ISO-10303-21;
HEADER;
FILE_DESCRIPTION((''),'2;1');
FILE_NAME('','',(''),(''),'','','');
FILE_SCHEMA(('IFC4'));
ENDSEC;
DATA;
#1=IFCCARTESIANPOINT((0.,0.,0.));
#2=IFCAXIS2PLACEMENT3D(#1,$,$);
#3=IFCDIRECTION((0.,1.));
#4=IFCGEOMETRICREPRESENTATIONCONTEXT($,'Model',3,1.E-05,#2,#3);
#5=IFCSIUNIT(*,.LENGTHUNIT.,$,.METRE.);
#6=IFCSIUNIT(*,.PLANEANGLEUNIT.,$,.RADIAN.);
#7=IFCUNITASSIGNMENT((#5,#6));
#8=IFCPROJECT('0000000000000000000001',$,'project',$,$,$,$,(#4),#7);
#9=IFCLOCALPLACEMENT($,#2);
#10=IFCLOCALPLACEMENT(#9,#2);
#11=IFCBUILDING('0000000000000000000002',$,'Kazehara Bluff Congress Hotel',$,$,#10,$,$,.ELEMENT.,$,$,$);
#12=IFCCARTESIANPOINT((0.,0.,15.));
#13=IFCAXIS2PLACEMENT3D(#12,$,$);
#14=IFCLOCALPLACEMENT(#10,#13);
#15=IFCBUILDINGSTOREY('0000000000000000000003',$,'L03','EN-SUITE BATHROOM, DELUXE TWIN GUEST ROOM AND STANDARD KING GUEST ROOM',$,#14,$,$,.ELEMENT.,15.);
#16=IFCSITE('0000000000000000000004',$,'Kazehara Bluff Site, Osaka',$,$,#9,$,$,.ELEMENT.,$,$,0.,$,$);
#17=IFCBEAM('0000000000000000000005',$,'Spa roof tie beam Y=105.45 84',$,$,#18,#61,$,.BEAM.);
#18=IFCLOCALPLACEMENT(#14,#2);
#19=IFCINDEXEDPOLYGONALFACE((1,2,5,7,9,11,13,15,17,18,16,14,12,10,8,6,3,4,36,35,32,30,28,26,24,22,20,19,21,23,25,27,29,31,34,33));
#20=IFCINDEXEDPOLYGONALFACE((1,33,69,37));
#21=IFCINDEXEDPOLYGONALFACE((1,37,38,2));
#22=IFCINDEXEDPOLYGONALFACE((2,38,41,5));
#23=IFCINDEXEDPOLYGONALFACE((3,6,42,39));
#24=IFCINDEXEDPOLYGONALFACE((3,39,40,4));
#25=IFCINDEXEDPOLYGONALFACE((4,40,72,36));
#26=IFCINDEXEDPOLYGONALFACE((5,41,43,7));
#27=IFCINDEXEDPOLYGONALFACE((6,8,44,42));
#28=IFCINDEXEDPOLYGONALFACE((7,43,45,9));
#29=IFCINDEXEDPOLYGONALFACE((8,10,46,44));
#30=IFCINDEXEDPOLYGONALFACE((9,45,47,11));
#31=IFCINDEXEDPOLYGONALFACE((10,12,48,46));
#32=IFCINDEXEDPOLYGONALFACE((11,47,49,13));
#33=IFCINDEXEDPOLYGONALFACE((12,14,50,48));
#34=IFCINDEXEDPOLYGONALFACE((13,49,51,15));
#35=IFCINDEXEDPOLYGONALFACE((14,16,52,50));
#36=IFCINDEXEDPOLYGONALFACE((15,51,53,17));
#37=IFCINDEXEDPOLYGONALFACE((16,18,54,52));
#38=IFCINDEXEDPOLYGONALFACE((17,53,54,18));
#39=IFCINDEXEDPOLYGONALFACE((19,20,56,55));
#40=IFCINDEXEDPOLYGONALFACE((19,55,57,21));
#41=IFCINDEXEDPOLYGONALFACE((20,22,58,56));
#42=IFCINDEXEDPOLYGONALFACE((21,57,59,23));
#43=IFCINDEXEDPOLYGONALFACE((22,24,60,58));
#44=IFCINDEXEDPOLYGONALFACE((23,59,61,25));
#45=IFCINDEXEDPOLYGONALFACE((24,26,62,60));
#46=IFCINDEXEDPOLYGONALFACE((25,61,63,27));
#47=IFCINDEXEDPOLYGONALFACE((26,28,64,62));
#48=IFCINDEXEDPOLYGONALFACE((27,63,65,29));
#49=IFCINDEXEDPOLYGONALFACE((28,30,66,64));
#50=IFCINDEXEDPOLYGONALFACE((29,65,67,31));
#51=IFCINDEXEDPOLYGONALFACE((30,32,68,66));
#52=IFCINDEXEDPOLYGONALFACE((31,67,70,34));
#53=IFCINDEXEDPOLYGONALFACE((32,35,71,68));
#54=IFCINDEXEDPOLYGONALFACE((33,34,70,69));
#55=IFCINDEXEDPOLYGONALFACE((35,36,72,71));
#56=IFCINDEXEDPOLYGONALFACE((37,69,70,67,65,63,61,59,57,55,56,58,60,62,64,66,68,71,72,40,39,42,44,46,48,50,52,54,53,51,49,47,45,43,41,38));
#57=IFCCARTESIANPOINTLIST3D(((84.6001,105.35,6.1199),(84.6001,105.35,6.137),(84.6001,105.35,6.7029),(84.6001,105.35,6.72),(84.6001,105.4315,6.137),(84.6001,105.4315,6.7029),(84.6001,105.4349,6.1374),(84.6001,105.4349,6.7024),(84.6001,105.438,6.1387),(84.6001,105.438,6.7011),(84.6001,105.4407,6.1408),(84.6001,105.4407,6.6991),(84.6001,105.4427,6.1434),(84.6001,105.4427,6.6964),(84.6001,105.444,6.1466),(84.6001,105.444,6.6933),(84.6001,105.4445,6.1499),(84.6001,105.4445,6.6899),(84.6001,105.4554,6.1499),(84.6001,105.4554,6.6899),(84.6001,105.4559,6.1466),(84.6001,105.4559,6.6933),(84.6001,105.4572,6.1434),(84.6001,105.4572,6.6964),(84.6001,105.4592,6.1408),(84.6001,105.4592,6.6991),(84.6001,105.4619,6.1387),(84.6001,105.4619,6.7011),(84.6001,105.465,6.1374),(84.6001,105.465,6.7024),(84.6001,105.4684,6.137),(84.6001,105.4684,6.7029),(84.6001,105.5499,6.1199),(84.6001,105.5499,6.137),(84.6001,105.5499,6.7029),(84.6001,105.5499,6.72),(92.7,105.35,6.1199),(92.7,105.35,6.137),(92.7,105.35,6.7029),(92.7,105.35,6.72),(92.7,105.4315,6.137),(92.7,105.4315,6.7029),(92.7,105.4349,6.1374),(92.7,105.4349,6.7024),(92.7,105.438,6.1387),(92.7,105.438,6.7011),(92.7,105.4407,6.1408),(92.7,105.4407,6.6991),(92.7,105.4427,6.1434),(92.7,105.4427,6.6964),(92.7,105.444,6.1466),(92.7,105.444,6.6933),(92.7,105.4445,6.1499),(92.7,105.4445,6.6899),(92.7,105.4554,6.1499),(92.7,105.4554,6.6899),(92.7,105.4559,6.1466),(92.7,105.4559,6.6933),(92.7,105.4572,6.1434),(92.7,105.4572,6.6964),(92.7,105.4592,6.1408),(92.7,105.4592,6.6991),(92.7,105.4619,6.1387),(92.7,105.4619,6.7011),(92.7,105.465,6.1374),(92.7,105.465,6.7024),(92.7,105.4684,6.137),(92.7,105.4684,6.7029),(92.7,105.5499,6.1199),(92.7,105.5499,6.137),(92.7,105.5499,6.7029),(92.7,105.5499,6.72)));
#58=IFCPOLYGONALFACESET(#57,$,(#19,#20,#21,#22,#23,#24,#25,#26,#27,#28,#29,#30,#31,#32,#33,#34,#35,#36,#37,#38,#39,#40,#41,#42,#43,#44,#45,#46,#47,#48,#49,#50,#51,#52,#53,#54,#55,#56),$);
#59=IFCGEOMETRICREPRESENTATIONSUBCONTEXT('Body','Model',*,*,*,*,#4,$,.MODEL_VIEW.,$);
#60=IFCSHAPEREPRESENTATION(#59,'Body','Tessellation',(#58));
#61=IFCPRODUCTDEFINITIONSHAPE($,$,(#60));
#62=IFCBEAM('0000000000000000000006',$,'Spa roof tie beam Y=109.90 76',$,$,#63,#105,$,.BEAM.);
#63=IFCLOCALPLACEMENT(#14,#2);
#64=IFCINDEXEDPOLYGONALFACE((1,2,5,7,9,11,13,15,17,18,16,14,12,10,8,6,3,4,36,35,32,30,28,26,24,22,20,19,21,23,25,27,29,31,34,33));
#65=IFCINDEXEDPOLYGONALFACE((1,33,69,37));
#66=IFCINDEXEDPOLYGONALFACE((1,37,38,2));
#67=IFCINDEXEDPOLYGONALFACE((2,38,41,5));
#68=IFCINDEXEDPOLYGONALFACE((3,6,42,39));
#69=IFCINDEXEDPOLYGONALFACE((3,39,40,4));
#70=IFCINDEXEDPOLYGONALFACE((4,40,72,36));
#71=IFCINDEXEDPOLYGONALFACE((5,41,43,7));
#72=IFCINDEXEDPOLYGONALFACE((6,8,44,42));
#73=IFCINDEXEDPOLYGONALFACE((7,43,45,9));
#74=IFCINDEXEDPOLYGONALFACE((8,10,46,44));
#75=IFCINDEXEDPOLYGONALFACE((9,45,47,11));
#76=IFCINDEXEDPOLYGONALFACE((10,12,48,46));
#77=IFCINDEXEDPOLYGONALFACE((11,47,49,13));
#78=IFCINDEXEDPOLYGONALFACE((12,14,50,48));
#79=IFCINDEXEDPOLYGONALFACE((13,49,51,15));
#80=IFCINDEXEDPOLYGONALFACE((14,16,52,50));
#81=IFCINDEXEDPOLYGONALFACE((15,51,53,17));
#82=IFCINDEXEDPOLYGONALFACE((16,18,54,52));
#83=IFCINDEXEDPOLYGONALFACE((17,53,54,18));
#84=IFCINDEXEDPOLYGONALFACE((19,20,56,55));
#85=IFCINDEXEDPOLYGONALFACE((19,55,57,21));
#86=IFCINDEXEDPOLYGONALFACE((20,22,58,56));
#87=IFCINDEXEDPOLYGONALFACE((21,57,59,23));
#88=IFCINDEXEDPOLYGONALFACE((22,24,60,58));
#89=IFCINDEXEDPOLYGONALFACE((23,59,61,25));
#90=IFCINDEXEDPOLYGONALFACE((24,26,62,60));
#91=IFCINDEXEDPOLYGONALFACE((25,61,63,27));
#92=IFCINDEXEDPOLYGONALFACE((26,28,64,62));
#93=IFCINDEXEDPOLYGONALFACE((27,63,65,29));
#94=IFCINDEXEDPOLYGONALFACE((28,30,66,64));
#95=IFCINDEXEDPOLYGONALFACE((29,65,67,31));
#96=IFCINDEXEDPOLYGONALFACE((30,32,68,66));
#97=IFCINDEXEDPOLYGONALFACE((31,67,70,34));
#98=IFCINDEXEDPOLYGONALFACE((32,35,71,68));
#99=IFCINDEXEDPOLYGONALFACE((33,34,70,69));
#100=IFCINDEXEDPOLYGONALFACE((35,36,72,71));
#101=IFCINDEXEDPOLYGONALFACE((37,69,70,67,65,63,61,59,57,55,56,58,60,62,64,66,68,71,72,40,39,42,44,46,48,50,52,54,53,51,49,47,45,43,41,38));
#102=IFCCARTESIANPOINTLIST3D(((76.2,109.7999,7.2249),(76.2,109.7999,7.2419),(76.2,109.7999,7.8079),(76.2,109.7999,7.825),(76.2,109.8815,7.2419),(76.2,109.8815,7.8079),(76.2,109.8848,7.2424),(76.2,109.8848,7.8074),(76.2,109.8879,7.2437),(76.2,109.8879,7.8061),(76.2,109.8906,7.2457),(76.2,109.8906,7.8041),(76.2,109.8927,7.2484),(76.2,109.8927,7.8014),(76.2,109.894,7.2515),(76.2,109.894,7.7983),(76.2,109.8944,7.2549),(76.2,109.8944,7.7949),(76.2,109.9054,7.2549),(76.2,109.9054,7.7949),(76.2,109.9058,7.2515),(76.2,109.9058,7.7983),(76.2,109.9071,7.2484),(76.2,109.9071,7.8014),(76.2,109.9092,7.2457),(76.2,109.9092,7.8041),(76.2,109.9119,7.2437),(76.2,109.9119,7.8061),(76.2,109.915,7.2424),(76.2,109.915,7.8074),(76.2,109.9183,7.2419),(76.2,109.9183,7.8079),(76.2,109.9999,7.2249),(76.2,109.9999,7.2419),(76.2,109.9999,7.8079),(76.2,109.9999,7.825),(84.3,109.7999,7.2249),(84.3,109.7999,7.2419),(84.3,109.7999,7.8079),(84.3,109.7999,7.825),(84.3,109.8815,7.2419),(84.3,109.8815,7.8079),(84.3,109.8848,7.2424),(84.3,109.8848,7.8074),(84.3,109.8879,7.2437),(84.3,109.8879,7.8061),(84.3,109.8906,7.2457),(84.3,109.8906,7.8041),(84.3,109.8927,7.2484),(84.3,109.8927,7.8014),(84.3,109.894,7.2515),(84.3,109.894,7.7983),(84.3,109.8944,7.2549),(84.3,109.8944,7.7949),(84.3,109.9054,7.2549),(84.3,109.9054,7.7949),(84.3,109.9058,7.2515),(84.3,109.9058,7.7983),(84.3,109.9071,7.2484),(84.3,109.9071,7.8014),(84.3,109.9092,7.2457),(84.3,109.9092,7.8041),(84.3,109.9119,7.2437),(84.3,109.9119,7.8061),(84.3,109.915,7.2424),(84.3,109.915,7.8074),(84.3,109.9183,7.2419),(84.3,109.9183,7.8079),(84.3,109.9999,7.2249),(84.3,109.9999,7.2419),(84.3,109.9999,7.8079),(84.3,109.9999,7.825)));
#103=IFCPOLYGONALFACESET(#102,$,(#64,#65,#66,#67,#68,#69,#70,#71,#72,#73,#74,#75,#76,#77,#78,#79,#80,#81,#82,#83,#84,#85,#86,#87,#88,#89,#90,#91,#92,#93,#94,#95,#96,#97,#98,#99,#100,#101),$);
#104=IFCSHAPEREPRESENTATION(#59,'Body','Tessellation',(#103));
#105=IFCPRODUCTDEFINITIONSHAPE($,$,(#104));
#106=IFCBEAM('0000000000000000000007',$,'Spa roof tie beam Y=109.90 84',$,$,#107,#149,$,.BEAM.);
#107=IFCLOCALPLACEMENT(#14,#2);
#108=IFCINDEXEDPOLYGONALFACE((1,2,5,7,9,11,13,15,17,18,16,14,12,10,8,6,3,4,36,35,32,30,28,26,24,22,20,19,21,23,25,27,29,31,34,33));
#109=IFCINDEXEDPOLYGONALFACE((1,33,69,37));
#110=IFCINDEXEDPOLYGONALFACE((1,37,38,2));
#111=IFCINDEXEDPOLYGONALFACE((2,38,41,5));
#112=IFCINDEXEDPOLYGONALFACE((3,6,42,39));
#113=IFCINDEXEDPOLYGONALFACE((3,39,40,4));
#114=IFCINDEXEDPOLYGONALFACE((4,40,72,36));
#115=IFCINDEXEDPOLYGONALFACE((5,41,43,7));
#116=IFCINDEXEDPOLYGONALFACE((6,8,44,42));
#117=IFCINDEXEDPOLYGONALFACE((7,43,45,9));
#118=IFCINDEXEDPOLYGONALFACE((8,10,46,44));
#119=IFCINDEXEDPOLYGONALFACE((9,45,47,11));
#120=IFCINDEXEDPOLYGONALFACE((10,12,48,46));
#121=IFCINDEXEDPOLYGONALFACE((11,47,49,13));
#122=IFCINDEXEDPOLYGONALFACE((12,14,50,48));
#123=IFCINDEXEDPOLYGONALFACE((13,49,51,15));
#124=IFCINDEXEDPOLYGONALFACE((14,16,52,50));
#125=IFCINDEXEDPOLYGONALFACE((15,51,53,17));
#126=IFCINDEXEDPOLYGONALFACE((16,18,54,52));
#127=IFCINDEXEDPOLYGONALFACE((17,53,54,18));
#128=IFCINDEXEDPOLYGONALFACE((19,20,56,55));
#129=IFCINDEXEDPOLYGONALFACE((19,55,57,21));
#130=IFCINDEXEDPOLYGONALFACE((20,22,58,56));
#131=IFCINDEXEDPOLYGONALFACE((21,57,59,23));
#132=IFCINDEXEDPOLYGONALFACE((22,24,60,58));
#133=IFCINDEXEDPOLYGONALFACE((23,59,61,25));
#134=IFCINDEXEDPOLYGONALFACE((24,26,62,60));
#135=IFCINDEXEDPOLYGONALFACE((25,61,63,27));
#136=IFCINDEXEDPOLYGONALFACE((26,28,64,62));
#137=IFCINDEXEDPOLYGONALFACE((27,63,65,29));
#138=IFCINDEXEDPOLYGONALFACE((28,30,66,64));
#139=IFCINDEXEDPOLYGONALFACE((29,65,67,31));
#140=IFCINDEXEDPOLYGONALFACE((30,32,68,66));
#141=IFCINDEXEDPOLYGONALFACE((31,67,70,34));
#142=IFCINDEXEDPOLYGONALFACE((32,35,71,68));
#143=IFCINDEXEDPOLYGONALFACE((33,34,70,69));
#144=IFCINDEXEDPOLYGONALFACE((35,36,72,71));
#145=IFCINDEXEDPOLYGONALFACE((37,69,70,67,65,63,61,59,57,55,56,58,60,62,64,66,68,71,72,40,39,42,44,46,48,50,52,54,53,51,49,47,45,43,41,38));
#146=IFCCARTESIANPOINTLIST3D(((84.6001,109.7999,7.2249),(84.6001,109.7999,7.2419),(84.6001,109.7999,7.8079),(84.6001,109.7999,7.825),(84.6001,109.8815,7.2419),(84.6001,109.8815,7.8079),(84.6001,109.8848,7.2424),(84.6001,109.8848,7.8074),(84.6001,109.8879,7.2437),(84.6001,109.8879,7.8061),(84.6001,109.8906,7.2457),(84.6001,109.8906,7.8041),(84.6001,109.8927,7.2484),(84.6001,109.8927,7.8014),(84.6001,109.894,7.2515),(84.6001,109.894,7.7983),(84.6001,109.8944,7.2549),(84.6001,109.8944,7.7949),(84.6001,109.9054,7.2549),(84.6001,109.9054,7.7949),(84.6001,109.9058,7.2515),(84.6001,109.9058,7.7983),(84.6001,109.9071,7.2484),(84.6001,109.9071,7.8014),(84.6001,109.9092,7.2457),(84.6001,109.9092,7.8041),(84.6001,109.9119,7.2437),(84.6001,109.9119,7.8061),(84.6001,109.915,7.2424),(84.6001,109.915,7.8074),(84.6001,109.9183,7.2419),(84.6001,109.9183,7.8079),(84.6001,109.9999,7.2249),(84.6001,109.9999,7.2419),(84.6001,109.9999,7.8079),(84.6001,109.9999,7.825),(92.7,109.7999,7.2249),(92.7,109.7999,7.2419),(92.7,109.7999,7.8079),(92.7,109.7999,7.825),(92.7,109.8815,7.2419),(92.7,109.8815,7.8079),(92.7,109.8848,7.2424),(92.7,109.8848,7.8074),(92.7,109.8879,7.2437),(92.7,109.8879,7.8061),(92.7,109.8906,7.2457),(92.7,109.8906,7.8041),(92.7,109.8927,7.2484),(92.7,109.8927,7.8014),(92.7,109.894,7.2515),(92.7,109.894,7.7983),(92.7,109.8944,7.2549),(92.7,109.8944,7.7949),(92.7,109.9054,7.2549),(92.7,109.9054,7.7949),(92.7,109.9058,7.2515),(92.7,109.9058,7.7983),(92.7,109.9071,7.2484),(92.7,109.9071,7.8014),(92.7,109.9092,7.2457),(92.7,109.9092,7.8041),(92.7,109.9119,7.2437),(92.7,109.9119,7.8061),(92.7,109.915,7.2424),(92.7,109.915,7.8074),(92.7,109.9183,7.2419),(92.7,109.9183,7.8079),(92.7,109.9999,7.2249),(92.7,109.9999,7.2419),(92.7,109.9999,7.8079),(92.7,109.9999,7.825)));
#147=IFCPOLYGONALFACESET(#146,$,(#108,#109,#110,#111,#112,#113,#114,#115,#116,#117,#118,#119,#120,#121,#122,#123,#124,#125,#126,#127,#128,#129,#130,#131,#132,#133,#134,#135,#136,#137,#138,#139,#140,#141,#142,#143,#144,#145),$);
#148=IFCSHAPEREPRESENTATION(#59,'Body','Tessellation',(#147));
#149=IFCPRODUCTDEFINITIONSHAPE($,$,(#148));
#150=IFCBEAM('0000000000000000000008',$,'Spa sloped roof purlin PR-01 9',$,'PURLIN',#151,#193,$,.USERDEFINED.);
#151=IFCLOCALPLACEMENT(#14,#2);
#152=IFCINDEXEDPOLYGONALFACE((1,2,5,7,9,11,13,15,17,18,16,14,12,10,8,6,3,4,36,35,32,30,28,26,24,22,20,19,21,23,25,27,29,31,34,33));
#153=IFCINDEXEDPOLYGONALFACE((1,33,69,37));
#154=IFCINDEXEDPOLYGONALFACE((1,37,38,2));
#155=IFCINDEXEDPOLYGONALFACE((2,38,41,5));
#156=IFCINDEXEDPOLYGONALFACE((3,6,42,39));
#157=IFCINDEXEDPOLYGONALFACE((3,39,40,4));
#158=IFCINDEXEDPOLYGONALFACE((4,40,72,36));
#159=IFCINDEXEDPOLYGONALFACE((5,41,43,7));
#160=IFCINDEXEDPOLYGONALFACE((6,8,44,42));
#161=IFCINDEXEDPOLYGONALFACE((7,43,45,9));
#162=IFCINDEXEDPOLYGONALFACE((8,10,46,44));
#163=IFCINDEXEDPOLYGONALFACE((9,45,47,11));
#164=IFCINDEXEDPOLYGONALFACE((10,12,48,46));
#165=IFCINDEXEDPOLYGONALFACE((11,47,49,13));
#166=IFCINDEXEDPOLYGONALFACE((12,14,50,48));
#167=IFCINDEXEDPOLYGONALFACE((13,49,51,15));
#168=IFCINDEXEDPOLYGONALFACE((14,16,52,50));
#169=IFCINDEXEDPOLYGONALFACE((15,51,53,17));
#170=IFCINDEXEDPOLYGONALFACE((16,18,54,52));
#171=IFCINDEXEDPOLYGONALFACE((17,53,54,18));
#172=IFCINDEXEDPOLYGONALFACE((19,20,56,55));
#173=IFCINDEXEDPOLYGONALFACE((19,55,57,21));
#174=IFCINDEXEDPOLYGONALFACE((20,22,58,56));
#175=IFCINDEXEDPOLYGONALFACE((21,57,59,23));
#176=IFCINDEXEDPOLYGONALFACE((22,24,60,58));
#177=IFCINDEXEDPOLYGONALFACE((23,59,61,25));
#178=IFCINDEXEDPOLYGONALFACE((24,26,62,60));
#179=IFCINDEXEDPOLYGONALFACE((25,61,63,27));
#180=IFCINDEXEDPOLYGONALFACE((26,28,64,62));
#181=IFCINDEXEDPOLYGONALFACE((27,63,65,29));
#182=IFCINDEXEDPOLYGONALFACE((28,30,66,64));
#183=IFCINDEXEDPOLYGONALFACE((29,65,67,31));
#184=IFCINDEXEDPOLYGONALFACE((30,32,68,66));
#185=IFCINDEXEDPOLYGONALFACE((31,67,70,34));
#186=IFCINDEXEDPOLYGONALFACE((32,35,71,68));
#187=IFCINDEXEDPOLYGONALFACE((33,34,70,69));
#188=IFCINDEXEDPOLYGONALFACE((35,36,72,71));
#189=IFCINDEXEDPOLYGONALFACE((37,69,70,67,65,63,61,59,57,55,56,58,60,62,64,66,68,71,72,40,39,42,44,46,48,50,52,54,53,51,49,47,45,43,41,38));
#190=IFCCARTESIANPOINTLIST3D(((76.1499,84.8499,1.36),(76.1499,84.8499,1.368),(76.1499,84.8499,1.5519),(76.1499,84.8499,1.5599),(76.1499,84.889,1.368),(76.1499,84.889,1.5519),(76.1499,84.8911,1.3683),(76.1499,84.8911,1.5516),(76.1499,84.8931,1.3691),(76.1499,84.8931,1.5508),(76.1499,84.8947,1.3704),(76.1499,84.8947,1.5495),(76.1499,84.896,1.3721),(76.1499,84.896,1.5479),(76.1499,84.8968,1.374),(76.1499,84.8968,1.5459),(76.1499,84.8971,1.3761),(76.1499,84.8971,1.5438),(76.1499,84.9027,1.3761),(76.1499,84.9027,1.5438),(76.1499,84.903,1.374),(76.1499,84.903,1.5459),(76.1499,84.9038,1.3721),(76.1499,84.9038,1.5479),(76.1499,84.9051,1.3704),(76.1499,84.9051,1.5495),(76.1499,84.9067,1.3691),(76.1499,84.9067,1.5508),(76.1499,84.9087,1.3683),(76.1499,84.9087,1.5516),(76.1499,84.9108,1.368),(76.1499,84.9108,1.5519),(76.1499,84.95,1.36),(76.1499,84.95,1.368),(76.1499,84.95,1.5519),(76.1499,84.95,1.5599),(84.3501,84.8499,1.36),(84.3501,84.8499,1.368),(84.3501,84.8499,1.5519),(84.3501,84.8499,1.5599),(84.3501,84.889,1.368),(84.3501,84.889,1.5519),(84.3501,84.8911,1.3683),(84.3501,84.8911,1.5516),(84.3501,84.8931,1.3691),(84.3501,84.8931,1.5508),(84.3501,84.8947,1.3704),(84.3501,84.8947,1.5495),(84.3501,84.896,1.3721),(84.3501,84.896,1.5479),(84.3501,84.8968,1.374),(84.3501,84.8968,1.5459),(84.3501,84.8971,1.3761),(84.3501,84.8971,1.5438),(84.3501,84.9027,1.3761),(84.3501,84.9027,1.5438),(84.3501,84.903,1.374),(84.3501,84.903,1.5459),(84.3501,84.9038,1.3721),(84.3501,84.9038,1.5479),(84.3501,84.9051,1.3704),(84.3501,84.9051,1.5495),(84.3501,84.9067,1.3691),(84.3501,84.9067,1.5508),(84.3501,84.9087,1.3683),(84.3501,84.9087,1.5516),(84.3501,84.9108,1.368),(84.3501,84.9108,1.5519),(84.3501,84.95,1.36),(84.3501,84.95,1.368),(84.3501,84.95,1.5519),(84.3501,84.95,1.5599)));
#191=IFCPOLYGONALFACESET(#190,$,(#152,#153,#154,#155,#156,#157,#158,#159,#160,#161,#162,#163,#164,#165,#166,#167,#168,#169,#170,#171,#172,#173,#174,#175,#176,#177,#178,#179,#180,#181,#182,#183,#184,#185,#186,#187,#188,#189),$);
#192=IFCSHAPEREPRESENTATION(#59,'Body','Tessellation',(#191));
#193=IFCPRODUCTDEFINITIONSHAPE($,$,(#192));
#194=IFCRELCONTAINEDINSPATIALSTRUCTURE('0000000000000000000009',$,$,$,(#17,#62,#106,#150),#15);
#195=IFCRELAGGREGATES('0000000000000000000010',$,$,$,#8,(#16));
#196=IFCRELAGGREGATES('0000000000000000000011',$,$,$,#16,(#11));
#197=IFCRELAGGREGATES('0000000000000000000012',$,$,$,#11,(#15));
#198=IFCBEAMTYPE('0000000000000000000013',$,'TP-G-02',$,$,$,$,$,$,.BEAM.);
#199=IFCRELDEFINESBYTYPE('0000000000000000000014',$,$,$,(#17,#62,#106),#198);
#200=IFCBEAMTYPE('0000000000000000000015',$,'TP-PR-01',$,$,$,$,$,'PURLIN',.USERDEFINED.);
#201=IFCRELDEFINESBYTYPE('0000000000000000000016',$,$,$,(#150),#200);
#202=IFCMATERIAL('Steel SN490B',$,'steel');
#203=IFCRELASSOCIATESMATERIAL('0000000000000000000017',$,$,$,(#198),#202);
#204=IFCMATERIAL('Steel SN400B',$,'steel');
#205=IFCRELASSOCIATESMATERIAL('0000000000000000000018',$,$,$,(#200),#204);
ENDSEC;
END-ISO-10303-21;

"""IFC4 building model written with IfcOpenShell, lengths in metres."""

from ifc_helpers import new_model, si_unit, direction, frame, origin, origin_2d, place, context, subcontext, project, spatial, i_section, extrude, material, material_profile, profile_set, type_object, element, save


model = new_model("IFC4")

# Units and contexts
model_context = context("Model", 3, precision=1e-05, world=origin(), true_north=direction((0.0, 1.0)))
body_context = subcontext(model_context, "Body", "Model", "MODEL_VIEW")
ifc_project = project(units=[si_unit("LENGTHUNIT", "METRE"), si_unit("PLANEANGLEUNIT", "RADIAN")], contexts=[model_context])

# Site, building, storey
site_placement = place(None, origin())
site = spatial("IfcSite", under=ifc_project, at=site_placement, Name="Kazehara Bluff Site, Osaka", CompositionType="ELEMENT", RefElevation=0.0)
building_placement = place(site_placement, origin())
building = spatial("IfcBuilding", under=site, at=building_placement, Name="Kazehara Bluff Congress Hotel", CompositionType="ELEMENT")
storey_placement = place(building_placement, frame((0.0, 0.0, 15.0)))
storey = spatial("IfcBuildingStorey", under=building, at=storey_placement, Name="L03", Description="EN-SUITE BATHROOM, DELUXE TWIN GUEST ROOM AND STANDARD KING GUEST ROOM", CompositionType="ELEMENT", Elevation=15.0)

# Beams
ifc_material_1 = material(Name="Steel SN490B", Category="steel")
ifc_material_profile_1 = material_profile(ifc_material_1, i_section(OverallWidth=0.2, OverallDepth=0.6001, WebThickness=0.011, FlangeThickness=0.0171, FilletRadius=0.0129, at=origin_2d()))
ifc_profile_set_1 = profile_set([ifc_material_profile_1], Name="Steel SN490B")
beam_type_1 = type_object("IfcBeamType", Name="TP-G-02", PredefinedType="BEAM", material=ifc_profile_set_1)
beam_1_placement = place(storey_placement, frame((84.6001, 105.45, 6.4199), z_axis=(1.0, 0.0, 0.0), x_axis=(0.0, 1.0, 0.0)))
element("IfcBeam", 1, at=beam_1_placement, inside=storey, type_object=beam_type_1, Name="Spa roof tie beam Y=105.45 84", PredefinedType="BEAM", context=body_context, shape_type="SweptSolid", body=[
    extrude(i_section(OverallWidth=0.2, OverallDepth=0.6001, WebThickness=0.011, FlangeThickness=0.0171, FilletRadius=0.0129, at=origin_2d()), origin(), (0.0, 0.0, 1.0), 8.0999),
])
beam_2_placement = place(storey_placement, frame((76.2, 109.8999, 7.5249), z_axis=(1.0, 0.0, 0.0), x_axis=(0.0, 1.0, 0.0)))
element("IfcBeam", 2, at=beam_2_placement, inside=storey, type_object=beam_type_1, Name="Spa roof tie beam Y=109.90 76", PredefinedType="BEAM", context=body_context, shape_type="SweptSolid", body=[
    extrude(i_section(OverallWidth=0.2, OverallDepth=0.6001, WebThickness=0.011, FlangeThickness=0.0171, FilletRadius=0.0129, at=origin_2d()), origin(), (0.0, 0.0, 1.0), 8.1001),
])
beam_3_placement = place(storey_placement, frame((84.6001, 109.8999, 7.5249), z_axis=(1.0, 0.0, 0.0), x_axis=(0.0, 1.0, 0.0)))
element("IfcBeam", 3, at=beam_3_placement, inside=storey, type_object=beam_type_1, Name="Spa roof tie beam Y=109.90 84", PredefinedType="BEAM", context=body_context, shape_type="SweptSolid", body=[
    extrude(i_section(OverallWidth=0.2, OverallDepth=0.6001, WebThickness=0.011, FlangeThickness=0.0171, FilletRadius=0.0129, at=origin_2d()), origin(), (0.0, 0.0, 1.0), 8.0999),
])
ifc_material_2 = material(Name="Steel SN400B", Category="steel")
ifc_material_profile_2 = material_profile(ifc_material_2, i_section(OverallWidth=0.1001, OverallDepth=0.2, WebThickness=0.0056, FlangeThickness=0.0081, FilletRadius=0.0081, at=origin_2d()))
ifc_profile_set_2 = profile_set([ifc_material_profile_2], Name="Steel SN400B")
beam_type_2 = type_object("IfcBeamType", Name="TP-PR-01", ElementType="PURLIN", PredefinedType="USERDEFINED", material=ifc_profile_set_2)
for number, where, z_axis, x_axis, name in (
    (4, (76.1499, 84.8999, 1.46), (1.0, 0.0, 0.0), (0.0, 1.0, 0.0), "Spa sloped roof purlin PR-01 9"),
):
    element("IfcBeam", number, at=place(storey_placement, frame(where, z_axis=z_axis, x_axis=x_axis)), inside=storey, type_object=beam_type_2, Name=name, ObjectType="PURLIN", PredefinedType="USERDEFINED", context=body_context, shape_type="SweptSolid", body=[
        extrude(i_section(OverallWidth=0.1001, OverallDepth=0.2, WebThickness=0.0056, FlangeThickness=0.0081, FilletRadius=0.0081, at=origin_2d()), origin(), (0.0, 0.0, 1.0), 8.2002),
    ])

save(model, "model.ifc")
